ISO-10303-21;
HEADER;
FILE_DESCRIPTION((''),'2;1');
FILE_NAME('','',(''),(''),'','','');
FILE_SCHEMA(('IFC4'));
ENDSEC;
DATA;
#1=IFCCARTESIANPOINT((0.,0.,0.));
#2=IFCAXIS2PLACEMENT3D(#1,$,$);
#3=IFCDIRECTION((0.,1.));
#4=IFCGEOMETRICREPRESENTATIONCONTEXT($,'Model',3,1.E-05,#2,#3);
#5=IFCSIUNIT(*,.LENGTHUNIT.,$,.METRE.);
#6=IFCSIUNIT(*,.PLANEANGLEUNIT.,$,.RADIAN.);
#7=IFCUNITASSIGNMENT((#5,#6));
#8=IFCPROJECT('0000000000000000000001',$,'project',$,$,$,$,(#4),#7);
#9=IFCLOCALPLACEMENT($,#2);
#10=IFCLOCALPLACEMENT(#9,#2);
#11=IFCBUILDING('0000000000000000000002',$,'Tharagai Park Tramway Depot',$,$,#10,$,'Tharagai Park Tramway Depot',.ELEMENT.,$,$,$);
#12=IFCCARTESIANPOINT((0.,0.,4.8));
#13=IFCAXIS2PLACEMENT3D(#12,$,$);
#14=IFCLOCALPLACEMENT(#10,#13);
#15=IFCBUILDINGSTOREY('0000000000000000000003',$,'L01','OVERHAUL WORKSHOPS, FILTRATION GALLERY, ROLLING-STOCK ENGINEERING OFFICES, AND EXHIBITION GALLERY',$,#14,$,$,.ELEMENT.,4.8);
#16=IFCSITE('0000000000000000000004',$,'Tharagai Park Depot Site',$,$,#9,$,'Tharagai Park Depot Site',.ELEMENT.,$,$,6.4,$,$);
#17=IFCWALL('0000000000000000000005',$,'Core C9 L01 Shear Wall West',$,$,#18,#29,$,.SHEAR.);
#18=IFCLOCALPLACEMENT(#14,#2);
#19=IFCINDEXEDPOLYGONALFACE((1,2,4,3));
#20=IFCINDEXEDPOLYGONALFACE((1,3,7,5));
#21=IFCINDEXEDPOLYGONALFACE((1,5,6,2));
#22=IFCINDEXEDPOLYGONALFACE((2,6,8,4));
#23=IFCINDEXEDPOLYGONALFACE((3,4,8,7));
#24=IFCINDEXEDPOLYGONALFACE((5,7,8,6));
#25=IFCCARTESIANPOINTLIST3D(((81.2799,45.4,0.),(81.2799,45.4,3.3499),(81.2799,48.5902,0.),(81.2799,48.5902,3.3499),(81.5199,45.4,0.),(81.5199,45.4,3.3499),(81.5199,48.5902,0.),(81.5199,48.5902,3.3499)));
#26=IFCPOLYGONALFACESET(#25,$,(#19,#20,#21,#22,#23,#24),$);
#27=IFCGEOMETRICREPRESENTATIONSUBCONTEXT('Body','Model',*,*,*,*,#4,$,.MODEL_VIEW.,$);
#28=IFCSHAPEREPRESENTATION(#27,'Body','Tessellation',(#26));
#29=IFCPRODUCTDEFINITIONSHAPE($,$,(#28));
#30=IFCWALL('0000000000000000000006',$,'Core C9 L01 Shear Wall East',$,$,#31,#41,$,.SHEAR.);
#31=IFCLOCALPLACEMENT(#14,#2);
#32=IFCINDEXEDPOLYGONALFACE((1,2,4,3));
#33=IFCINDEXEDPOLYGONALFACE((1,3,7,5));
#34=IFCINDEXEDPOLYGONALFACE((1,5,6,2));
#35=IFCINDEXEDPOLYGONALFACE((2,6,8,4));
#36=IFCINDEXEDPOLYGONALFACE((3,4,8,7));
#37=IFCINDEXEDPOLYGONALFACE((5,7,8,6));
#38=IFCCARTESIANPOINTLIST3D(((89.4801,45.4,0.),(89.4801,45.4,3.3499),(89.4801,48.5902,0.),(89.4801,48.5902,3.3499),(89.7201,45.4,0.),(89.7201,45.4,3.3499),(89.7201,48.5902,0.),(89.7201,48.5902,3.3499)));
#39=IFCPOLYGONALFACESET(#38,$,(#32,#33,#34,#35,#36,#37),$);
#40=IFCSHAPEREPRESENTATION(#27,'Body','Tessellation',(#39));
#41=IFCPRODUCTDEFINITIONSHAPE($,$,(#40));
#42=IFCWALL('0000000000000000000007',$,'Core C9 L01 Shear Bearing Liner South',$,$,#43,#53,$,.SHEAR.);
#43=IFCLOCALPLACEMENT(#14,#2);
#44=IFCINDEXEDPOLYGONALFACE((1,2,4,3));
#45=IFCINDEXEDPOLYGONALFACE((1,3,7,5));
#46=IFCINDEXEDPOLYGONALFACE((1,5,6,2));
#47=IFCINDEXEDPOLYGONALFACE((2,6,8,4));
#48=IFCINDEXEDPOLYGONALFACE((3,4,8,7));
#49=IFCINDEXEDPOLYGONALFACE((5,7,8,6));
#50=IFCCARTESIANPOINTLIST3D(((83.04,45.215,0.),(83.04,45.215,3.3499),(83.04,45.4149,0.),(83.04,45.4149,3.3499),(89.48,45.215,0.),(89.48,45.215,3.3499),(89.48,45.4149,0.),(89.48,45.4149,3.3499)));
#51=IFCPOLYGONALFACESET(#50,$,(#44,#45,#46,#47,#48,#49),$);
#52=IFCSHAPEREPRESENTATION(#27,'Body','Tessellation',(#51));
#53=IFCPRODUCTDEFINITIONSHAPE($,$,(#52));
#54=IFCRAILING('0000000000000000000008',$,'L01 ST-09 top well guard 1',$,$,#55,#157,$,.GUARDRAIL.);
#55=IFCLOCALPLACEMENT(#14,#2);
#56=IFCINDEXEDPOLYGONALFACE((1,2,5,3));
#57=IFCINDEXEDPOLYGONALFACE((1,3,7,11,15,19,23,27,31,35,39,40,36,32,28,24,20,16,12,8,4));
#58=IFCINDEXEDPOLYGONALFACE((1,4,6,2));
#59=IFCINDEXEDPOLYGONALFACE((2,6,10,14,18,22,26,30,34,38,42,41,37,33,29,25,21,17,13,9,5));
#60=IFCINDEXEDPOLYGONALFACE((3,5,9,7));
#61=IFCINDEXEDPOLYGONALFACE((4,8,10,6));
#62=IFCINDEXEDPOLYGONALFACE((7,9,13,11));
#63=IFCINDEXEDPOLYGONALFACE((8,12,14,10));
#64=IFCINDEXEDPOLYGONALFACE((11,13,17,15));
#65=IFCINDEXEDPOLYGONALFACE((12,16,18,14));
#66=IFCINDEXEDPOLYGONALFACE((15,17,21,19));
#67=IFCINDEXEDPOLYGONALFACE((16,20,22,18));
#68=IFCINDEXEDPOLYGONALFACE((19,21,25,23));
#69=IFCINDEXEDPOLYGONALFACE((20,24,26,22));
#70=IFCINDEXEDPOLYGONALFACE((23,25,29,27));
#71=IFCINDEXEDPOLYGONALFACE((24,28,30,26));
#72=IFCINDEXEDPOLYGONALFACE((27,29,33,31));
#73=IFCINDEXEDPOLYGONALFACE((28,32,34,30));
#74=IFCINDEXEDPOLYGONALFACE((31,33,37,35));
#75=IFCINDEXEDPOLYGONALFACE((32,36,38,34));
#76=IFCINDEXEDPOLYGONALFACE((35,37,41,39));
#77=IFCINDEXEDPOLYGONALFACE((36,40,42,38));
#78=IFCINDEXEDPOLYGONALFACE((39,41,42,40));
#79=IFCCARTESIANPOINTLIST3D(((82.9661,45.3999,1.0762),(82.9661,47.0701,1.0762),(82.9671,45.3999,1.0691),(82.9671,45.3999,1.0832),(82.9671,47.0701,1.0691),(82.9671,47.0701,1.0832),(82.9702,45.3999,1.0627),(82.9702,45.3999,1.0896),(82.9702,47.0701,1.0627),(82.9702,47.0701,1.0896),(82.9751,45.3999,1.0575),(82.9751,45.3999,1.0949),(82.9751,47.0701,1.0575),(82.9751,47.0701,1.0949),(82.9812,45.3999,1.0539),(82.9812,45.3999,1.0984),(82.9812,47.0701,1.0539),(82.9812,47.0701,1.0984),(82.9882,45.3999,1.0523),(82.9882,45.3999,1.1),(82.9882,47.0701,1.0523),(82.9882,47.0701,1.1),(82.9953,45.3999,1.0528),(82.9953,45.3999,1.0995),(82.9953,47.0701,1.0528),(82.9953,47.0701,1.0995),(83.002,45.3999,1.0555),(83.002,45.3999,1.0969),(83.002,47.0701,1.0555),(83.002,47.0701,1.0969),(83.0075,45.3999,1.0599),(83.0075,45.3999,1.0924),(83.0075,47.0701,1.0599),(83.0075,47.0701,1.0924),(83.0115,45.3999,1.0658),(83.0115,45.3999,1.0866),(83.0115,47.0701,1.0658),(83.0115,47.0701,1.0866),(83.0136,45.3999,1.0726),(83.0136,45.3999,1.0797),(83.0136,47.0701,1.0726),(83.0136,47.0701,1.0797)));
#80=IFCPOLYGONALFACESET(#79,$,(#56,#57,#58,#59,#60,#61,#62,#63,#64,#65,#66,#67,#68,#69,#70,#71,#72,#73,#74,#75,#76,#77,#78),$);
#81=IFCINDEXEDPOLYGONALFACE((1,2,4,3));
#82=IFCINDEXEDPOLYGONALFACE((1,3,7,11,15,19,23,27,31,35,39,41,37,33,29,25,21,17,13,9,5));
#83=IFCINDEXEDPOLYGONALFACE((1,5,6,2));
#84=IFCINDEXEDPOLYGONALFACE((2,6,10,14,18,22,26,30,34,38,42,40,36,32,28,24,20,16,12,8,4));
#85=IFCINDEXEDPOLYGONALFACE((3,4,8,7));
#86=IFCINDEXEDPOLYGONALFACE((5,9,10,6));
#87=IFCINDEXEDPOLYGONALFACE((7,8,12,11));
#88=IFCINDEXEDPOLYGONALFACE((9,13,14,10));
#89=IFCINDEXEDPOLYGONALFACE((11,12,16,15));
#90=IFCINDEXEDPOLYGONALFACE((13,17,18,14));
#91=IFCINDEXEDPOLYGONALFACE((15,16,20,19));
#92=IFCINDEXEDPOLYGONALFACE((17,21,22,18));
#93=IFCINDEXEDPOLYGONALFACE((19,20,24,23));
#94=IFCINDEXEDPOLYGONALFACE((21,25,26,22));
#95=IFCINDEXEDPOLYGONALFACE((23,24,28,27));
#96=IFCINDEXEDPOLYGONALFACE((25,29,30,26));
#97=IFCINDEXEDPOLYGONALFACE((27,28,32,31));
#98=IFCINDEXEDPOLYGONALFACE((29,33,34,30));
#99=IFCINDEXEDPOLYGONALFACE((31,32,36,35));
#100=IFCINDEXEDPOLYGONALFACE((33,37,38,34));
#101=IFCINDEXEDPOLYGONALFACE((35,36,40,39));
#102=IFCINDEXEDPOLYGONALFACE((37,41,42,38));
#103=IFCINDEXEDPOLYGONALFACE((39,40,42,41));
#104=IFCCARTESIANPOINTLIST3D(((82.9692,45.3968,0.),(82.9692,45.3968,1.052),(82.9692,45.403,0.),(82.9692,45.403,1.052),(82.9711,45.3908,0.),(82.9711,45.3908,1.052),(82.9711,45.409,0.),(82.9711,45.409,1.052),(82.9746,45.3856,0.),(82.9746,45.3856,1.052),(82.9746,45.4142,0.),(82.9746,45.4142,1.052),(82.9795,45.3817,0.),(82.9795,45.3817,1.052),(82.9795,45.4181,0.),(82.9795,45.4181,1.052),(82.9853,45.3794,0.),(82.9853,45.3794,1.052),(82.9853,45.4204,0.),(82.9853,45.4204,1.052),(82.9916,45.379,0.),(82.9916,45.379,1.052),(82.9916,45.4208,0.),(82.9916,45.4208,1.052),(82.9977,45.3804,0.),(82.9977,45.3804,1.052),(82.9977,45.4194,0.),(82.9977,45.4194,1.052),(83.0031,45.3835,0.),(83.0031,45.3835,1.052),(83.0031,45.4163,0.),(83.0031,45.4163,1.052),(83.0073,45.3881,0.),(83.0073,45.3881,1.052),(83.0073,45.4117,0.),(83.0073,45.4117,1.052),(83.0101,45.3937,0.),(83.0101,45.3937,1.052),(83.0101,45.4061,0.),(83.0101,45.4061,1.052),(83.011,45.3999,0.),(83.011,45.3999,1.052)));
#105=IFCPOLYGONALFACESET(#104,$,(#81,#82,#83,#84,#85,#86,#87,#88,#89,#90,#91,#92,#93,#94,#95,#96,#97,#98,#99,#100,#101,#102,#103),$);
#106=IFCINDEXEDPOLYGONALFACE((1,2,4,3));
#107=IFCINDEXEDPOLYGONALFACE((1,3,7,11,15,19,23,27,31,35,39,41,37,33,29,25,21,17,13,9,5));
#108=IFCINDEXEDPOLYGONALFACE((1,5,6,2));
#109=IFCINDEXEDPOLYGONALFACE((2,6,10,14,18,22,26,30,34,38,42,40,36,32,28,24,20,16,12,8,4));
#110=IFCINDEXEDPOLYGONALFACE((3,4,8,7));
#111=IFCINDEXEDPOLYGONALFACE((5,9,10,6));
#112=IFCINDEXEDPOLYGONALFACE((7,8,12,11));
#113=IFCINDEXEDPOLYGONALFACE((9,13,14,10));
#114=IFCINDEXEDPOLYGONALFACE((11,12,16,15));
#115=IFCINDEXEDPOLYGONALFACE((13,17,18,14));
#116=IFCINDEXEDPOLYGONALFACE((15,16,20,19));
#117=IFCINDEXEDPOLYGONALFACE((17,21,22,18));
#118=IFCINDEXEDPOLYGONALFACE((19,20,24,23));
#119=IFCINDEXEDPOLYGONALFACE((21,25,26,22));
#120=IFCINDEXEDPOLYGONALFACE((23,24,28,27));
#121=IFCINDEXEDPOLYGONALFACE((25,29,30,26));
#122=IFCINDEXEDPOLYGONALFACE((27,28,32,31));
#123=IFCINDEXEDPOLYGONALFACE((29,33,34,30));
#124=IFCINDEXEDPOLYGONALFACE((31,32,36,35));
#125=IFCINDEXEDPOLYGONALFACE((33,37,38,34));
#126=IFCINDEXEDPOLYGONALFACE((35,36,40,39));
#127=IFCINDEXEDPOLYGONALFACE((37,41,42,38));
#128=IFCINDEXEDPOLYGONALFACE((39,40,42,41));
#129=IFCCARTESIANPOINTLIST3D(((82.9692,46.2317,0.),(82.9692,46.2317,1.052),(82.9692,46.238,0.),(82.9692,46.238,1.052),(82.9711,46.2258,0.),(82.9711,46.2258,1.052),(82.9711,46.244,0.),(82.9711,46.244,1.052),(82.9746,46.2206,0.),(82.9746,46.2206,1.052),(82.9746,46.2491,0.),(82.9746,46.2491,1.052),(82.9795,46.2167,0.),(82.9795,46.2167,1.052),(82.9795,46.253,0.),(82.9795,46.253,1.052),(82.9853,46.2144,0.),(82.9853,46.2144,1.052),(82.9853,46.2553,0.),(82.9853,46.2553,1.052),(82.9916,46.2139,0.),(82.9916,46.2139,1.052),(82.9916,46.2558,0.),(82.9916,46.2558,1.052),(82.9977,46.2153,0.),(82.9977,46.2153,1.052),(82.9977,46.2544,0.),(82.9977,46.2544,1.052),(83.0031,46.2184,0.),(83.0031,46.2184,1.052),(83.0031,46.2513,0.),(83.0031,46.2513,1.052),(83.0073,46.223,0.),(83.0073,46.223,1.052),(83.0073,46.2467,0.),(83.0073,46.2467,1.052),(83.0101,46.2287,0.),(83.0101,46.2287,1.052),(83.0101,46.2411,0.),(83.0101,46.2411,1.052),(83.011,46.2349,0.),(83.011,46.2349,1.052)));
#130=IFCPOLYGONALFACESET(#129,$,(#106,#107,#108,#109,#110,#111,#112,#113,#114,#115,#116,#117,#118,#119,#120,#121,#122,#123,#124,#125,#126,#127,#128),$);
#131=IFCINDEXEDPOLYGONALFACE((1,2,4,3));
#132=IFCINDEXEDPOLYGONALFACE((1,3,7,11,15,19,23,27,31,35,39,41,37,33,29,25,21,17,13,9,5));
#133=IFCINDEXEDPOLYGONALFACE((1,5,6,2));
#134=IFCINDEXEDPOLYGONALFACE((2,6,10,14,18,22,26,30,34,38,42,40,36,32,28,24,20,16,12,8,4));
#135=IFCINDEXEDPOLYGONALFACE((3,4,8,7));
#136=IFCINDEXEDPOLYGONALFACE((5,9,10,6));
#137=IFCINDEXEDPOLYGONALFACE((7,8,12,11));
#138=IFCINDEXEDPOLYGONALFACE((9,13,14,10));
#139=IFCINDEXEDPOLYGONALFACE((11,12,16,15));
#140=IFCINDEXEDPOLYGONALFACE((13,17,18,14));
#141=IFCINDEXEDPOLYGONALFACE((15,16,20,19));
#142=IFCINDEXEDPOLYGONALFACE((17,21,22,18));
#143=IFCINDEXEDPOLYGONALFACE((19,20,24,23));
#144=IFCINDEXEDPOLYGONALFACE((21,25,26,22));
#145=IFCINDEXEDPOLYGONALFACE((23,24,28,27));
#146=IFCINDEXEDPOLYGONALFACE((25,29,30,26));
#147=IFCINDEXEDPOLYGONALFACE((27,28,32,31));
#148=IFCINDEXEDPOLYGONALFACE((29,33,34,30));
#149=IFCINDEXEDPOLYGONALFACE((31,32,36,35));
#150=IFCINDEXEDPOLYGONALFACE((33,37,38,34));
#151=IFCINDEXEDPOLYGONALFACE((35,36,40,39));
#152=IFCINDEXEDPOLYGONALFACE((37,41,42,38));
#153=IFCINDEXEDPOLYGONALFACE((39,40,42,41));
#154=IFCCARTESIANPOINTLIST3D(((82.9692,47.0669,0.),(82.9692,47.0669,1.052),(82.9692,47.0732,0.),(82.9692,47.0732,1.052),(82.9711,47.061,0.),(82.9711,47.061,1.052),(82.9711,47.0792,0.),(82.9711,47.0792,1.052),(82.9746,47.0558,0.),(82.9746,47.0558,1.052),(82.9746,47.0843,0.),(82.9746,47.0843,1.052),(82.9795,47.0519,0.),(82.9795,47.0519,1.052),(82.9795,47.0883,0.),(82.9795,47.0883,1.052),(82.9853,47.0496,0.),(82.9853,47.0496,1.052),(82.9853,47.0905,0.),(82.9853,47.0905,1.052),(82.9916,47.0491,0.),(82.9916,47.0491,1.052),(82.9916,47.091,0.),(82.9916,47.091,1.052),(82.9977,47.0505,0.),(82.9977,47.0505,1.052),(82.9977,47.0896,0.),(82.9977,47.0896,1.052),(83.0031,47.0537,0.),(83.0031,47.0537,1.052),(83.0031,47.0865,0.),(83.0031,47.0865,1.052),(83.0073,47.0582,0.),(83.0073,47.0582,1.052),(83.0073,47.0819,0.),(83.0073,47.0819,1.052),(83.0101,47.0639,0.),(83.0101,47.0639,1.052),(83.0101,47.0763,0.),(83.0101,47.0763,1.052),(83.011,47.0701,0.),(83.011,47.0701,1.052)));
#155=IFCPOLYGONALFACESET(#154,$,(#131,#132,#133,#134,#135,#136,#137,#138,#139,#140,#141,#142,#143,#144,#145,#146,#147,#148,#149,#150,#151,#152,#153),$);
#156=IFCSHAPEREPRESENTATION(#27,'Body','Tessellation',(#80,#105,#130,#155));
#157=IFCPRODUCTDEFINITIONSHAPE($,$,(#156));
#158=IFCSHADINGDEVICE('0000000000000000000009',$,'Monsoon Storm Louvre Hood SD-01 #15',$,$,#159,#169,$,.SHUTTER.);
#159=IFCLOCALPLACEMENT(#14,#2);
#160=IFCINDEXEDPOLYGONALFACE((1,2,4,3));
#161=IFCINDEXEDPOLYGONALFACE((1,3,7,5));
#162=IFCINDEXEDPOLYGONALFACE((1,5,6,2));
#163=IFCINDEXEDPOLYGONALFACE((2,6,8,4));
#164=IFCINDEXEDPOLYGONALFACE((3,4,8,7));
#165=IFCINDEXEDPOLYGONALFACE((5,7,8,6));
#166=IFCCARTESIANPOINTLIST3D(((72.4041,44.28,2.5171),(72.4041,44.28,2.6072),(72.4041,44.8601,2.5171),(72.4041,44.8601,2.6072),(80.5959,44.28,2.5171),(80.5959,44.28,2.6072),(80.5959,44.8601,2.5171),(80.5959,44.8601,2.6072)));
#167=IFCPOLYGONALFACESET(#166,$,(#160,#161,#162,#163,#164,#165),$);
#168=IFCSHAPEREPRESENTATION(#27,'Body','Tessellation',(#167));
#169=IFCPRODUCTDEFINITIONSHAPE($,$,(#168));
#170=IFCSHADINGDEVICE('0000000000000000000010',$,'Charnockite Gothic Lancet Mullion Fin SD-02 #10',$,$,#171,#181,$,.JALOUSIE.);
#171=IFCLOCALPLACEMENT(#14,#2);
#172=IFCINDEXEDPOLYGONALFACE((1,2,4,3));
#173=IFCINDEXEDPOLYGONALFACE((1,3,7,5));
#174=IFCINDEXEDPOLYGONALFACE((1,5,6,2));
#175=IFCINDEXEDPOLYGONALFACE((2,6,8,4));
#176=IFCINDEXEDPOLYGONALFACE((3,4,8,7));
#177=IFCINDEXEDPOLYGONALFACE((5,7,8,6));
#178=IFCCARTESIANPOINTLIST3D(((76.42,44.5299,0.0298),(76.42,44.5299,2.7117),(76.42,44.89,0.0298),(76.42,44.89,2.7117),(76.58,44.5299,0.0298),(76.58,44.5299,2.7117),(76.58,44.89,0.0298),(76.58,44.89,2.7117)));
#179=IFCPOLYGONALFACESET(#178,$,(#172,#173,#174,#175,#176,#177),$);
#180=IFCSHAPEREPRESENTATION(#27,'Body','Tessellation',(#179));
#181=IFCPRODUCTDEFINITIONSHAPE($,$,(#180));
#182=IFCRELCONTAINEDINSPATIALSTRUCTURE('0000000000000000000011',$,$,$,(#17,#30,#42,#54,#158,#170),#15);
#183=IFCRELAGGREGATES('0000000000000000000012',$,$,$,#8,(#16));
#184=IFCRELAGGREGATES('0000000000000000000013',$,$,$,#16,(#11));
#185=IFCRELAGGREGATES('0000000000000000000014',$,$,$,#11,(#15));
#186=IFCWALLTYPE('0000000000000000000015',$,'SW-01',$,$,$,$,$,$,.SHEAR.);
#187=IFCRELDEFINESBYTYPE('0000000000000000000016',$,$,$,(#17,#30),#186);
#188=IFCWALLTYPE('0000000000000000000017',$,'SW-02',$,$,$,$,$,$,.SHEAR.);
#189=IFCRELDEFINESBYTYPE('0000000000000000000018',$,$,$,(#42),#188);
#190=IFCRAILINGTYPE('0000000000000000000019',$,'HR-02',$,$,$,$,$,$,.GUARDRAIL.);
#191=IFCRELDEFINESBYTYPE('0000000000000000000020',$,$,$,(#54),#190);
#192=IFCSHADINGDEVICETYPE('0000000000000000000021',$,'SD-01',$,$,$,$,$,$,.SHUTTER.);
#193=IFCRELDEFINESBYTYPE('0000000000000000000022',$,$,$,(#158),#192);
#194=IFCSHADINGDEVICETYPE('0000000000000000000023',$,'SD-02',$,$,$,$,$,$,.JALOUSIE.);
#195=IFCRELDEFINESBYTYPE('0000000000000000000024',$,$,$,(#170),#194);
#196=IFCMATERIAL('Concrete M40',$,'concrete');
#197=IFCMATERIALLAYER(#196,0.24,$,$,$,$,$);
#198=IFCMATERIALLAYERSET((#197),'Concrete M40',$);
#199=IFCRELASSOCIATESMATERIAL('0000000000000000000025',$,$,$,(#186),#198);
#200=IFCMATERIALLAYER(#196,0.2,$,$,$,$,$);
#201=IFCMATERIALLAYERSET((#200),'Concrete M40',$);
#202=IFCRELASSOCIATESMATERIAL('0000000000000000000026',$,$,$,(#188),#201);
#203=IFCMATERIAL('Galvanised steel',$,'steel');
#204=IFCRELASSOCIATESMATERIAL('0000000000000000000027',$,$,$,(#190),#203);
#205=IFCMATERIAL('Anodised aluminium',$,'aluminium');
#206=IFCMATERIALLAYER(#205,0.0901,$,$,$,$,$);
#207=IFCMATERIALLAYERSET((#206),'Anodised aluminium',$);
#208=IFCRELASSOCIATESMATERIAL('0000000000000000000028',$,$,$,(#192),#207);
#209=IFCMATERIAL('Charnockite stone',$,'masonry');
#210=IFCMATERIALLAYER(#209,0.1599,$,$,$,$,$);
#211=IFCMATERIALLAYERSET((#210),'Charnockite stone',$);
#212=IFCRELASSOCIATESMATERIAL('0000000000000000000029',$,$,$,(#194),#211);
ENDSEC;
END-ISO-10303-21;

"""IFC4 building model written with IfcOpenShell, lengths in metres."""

from ifc_helpers import new_model, si_unit, direction, frame, frame_2d, origin, origin_2d, place, context, subcontext, project, spatial, rectangle, circle, extrude, material, layer, layer_set, type_object, element, save


model = new_model("IFC4")

# Units and contexts
model_context = context("Model", 3, precision=1e-05, world=origin(), true_north=direction((0.0, 1.0)))
body_context = subcontext(model_context, "Body", "Model", "MODEL_VIEW")
ifc_project = project(units=[si_unit("LENGTHUNIT", "METRE"), si_unit("PLANEANGLEUNIT", "RADIAN")], contexts=[model_context])

# Site, building, storey
site_placement = place(None, origin())
site = spatial("IfcSite", under=ifc_project, at=site_placement, Name="Tharagai Park Depot Site", LongName="Tharagai Park Depot Site", CompositionType="ELEMENT", RefElevation=6.4)
building_placement = place(site_placement, origin())
building = spatial("IfcBuilding", under=site, at=building_placement, Name="Tharagai Park Tramway Depot", LongName="Tharagai Park Tramway Depot", CompositionType="ELEMENT")
storey_placement = place(building_placement, frame((0.0, 0.0, 4.8)))
storey = spatial("IfcBuildingStorey", under=building, at=storey_placement, Name="L01", Description="OVERHAUL WORKSHOPS, FILTRATION GALLERY, ROLLING-STOCK ENGINEERING OFFICES, AND EXHIBITION GALLERY", CompositionType="ELEMENT", Elevation=4.8)

# Shared definitions
ifc_material_1 = material(Name="Anodised aluminium", Category="aluminium")

# Shared definitions
ifc_material_2 = material(Name="Charnockite stone", Category="masonry")

# Shared definitions
ifc_material_3 = material(Name="Concrete M40", Category="concrete")
ifc_layer_1 = layer(ifc_material_3, 0.24)
ifc_layer_set_1 = layer_set([ifc_layer_1], Name="Concrete M40")
wall_type_1 = type_object("IfcWallType", Name="SW-01", PredefinedType="SHEAR", material=ifc_layer_set_1)
ifc_material_4 = material(Name="Galvanised steel", Category="steel")

# Walls
for number, where, z_axis, x_axis, name in (
    (1, (81.3999, 45.3999, 0.0), (0.0, 0.0, 1.0), (0.0, 1.0, 0.0), "Core C9 L01 Shear Wall West"),
    (2, (89.6001, 45.3999, 0.0), (0.0, 0.0, 1.0), (0.0, 1.0, 0.0), "Core C9 L01 Shear Wall East"),
):
    element("IfcWall", number, at=place(storey_placement, frame(where, z_axis=z_axis, x_axis=x_axis)), inside=storey, type_object=wall_type_1, Name=name, PredefinedType="SHEAR", context=body_context, shape_type="SweptSolid", body=[
        extrude(rectangle(XDim=3.1902, YDim=0.24, at=frame_2d((1.5952, 0.0))), origin(), (0.0, 0.0, 1.0), 3.3499),
    ])
ifc_layer_2 = layer(ifc_material_3, 0.2)
ifc_layer_set_2 = layer_set([ifc_layer_2], Name="Concrete M40")
wall_type_2 = type_object("IfcWallType", Name="SW-02", PredefinedType="SHEAR", material=ifc_layer_set_2)
wall_1_placement = place(storey_placement, frame((83.04, 45.3149, 0.0), z_axis=(0.0, 0.0, 1.0), x_axis=(1.0, 0.0, 0.0)))
element("IfcWall", 3, at=wall_1_placement, inside=storey, type_object=wall_type_2, Name="Core C9 L01 Shear Bearing Liner South", PredefinedType="SHEAR", context=body_context, shape_type="SweptSolid", body=[
    extrude(rectangle(XDim=6.4399, YDim=0.2, at=frame_2d((3.22, 0.0))), origin(), (0.0, 0.0, 1.0), 3.3499),
])

# Railing
railing_type = type_object("IfcRailingType", Name="HR-02", PredefinedType="GUARDRAIL", material=ifc_material_4)
railing_placement = place(storey_placement, frame((82.99, 45.3999, 0.0)))
element("IfcRailing", 4, at=railing_placement, inside=storey, type_object=railing_type, Name="L01 ST-09 top well guard 1", PredefinedType="GUARDRAIL", context=body_context, shape_type="SweptSolid", body=[
    extrude(circle(Radius=0.0239, at=origin_2d()), frame((0.0, 0.0, 1.0762), z_axis=(0.0, 1.0, 0.0), x_axis=(-1.0, 0.0, 0.0)), (0.0, 0.0, 1.0), 1.6702),
    extrude(circle(Radius=0.021, at=origin_2d()), origin(), (0.0, 0.0, 1.0), 1.052),
    extrude(circle(Radius=0.021, at=origin_2d()), frame((0.0, 0.835, 0.0)), (0.0, 0.0, 1.0), 1.052),
    extrude(circle(Radius=0.021, at=origin_2d()), frame((0.0, 1.6702, 0.0)), (0.0, 0.0, 1.0), 1.052),
])

# Shading devices
ifc_layer_3 = layer(ifc_material_1, 0.0901)
ifc_layer_set_3 = layer_set([ifc_layer_3], Name="Anodised aluminium")
shading_device_type_1 = type_object("IfcShadingDeviceType", Name="SD-01", PredefinedType="SHUTTER", material=ifc_layer_set_3)
shading_device_1_placement = place(storey_placement, frame((76.5, 44.5701, 2.5171), z_axis=(0.0, 0.0, 1.0), x_axis=(1.0, 0.0, 0.0)))
element("IfcShadingDevice", 5, at=shading_device_1_placement, inside=storey, type_object=shading_device_type_1, Name="Monsoon Storm Louvre Hood SD-01 #15", PredefinedType="SHUTTER", context=body_context, shape_type="SweptSolid", body=[
    extrude(rectangle(XDim=8.1919, YDim=0.5801, at=origin_2d()), origin(), (0.0, 0.0, 1.0), 0.0901),
])
ifc_layer_4 = layer(ifc_material_2, 0.1599)
ifc_layer_set_4 = layer_set([ifc_layer_4], Name="Charnockite stone")
shading_device_type_2 = type_object("IfcShadingDeviceType", Name="SD-02", PredefinedType="JALOUSIE", material=ifc_layer_set_4)
shading_device_2_placement = place(storey_placement, frame((76.5, 44.71, 0.0298), z_axis=(0.0, 0.0, 1.0), x_axis=(1.0, 0.0, 0.0)))
element("IfcShadingDevice", 6, at=shading_device_2_placement, inside=storey, type_object=shading_device_type_2, Name="Charnockite Gothic Lancet Mullion Fin SD-02 #10", PredefinedType="JALOUSIE", context=body_context, shape_type="SweptSolid", body=[
    extrude(rectangle(XDim=0.1599, YDim=0.3601, at=origin_2d()), origin(), (0.0, 0.0, 1.0), 2.6819),
])

save(model, "model.ifc")
